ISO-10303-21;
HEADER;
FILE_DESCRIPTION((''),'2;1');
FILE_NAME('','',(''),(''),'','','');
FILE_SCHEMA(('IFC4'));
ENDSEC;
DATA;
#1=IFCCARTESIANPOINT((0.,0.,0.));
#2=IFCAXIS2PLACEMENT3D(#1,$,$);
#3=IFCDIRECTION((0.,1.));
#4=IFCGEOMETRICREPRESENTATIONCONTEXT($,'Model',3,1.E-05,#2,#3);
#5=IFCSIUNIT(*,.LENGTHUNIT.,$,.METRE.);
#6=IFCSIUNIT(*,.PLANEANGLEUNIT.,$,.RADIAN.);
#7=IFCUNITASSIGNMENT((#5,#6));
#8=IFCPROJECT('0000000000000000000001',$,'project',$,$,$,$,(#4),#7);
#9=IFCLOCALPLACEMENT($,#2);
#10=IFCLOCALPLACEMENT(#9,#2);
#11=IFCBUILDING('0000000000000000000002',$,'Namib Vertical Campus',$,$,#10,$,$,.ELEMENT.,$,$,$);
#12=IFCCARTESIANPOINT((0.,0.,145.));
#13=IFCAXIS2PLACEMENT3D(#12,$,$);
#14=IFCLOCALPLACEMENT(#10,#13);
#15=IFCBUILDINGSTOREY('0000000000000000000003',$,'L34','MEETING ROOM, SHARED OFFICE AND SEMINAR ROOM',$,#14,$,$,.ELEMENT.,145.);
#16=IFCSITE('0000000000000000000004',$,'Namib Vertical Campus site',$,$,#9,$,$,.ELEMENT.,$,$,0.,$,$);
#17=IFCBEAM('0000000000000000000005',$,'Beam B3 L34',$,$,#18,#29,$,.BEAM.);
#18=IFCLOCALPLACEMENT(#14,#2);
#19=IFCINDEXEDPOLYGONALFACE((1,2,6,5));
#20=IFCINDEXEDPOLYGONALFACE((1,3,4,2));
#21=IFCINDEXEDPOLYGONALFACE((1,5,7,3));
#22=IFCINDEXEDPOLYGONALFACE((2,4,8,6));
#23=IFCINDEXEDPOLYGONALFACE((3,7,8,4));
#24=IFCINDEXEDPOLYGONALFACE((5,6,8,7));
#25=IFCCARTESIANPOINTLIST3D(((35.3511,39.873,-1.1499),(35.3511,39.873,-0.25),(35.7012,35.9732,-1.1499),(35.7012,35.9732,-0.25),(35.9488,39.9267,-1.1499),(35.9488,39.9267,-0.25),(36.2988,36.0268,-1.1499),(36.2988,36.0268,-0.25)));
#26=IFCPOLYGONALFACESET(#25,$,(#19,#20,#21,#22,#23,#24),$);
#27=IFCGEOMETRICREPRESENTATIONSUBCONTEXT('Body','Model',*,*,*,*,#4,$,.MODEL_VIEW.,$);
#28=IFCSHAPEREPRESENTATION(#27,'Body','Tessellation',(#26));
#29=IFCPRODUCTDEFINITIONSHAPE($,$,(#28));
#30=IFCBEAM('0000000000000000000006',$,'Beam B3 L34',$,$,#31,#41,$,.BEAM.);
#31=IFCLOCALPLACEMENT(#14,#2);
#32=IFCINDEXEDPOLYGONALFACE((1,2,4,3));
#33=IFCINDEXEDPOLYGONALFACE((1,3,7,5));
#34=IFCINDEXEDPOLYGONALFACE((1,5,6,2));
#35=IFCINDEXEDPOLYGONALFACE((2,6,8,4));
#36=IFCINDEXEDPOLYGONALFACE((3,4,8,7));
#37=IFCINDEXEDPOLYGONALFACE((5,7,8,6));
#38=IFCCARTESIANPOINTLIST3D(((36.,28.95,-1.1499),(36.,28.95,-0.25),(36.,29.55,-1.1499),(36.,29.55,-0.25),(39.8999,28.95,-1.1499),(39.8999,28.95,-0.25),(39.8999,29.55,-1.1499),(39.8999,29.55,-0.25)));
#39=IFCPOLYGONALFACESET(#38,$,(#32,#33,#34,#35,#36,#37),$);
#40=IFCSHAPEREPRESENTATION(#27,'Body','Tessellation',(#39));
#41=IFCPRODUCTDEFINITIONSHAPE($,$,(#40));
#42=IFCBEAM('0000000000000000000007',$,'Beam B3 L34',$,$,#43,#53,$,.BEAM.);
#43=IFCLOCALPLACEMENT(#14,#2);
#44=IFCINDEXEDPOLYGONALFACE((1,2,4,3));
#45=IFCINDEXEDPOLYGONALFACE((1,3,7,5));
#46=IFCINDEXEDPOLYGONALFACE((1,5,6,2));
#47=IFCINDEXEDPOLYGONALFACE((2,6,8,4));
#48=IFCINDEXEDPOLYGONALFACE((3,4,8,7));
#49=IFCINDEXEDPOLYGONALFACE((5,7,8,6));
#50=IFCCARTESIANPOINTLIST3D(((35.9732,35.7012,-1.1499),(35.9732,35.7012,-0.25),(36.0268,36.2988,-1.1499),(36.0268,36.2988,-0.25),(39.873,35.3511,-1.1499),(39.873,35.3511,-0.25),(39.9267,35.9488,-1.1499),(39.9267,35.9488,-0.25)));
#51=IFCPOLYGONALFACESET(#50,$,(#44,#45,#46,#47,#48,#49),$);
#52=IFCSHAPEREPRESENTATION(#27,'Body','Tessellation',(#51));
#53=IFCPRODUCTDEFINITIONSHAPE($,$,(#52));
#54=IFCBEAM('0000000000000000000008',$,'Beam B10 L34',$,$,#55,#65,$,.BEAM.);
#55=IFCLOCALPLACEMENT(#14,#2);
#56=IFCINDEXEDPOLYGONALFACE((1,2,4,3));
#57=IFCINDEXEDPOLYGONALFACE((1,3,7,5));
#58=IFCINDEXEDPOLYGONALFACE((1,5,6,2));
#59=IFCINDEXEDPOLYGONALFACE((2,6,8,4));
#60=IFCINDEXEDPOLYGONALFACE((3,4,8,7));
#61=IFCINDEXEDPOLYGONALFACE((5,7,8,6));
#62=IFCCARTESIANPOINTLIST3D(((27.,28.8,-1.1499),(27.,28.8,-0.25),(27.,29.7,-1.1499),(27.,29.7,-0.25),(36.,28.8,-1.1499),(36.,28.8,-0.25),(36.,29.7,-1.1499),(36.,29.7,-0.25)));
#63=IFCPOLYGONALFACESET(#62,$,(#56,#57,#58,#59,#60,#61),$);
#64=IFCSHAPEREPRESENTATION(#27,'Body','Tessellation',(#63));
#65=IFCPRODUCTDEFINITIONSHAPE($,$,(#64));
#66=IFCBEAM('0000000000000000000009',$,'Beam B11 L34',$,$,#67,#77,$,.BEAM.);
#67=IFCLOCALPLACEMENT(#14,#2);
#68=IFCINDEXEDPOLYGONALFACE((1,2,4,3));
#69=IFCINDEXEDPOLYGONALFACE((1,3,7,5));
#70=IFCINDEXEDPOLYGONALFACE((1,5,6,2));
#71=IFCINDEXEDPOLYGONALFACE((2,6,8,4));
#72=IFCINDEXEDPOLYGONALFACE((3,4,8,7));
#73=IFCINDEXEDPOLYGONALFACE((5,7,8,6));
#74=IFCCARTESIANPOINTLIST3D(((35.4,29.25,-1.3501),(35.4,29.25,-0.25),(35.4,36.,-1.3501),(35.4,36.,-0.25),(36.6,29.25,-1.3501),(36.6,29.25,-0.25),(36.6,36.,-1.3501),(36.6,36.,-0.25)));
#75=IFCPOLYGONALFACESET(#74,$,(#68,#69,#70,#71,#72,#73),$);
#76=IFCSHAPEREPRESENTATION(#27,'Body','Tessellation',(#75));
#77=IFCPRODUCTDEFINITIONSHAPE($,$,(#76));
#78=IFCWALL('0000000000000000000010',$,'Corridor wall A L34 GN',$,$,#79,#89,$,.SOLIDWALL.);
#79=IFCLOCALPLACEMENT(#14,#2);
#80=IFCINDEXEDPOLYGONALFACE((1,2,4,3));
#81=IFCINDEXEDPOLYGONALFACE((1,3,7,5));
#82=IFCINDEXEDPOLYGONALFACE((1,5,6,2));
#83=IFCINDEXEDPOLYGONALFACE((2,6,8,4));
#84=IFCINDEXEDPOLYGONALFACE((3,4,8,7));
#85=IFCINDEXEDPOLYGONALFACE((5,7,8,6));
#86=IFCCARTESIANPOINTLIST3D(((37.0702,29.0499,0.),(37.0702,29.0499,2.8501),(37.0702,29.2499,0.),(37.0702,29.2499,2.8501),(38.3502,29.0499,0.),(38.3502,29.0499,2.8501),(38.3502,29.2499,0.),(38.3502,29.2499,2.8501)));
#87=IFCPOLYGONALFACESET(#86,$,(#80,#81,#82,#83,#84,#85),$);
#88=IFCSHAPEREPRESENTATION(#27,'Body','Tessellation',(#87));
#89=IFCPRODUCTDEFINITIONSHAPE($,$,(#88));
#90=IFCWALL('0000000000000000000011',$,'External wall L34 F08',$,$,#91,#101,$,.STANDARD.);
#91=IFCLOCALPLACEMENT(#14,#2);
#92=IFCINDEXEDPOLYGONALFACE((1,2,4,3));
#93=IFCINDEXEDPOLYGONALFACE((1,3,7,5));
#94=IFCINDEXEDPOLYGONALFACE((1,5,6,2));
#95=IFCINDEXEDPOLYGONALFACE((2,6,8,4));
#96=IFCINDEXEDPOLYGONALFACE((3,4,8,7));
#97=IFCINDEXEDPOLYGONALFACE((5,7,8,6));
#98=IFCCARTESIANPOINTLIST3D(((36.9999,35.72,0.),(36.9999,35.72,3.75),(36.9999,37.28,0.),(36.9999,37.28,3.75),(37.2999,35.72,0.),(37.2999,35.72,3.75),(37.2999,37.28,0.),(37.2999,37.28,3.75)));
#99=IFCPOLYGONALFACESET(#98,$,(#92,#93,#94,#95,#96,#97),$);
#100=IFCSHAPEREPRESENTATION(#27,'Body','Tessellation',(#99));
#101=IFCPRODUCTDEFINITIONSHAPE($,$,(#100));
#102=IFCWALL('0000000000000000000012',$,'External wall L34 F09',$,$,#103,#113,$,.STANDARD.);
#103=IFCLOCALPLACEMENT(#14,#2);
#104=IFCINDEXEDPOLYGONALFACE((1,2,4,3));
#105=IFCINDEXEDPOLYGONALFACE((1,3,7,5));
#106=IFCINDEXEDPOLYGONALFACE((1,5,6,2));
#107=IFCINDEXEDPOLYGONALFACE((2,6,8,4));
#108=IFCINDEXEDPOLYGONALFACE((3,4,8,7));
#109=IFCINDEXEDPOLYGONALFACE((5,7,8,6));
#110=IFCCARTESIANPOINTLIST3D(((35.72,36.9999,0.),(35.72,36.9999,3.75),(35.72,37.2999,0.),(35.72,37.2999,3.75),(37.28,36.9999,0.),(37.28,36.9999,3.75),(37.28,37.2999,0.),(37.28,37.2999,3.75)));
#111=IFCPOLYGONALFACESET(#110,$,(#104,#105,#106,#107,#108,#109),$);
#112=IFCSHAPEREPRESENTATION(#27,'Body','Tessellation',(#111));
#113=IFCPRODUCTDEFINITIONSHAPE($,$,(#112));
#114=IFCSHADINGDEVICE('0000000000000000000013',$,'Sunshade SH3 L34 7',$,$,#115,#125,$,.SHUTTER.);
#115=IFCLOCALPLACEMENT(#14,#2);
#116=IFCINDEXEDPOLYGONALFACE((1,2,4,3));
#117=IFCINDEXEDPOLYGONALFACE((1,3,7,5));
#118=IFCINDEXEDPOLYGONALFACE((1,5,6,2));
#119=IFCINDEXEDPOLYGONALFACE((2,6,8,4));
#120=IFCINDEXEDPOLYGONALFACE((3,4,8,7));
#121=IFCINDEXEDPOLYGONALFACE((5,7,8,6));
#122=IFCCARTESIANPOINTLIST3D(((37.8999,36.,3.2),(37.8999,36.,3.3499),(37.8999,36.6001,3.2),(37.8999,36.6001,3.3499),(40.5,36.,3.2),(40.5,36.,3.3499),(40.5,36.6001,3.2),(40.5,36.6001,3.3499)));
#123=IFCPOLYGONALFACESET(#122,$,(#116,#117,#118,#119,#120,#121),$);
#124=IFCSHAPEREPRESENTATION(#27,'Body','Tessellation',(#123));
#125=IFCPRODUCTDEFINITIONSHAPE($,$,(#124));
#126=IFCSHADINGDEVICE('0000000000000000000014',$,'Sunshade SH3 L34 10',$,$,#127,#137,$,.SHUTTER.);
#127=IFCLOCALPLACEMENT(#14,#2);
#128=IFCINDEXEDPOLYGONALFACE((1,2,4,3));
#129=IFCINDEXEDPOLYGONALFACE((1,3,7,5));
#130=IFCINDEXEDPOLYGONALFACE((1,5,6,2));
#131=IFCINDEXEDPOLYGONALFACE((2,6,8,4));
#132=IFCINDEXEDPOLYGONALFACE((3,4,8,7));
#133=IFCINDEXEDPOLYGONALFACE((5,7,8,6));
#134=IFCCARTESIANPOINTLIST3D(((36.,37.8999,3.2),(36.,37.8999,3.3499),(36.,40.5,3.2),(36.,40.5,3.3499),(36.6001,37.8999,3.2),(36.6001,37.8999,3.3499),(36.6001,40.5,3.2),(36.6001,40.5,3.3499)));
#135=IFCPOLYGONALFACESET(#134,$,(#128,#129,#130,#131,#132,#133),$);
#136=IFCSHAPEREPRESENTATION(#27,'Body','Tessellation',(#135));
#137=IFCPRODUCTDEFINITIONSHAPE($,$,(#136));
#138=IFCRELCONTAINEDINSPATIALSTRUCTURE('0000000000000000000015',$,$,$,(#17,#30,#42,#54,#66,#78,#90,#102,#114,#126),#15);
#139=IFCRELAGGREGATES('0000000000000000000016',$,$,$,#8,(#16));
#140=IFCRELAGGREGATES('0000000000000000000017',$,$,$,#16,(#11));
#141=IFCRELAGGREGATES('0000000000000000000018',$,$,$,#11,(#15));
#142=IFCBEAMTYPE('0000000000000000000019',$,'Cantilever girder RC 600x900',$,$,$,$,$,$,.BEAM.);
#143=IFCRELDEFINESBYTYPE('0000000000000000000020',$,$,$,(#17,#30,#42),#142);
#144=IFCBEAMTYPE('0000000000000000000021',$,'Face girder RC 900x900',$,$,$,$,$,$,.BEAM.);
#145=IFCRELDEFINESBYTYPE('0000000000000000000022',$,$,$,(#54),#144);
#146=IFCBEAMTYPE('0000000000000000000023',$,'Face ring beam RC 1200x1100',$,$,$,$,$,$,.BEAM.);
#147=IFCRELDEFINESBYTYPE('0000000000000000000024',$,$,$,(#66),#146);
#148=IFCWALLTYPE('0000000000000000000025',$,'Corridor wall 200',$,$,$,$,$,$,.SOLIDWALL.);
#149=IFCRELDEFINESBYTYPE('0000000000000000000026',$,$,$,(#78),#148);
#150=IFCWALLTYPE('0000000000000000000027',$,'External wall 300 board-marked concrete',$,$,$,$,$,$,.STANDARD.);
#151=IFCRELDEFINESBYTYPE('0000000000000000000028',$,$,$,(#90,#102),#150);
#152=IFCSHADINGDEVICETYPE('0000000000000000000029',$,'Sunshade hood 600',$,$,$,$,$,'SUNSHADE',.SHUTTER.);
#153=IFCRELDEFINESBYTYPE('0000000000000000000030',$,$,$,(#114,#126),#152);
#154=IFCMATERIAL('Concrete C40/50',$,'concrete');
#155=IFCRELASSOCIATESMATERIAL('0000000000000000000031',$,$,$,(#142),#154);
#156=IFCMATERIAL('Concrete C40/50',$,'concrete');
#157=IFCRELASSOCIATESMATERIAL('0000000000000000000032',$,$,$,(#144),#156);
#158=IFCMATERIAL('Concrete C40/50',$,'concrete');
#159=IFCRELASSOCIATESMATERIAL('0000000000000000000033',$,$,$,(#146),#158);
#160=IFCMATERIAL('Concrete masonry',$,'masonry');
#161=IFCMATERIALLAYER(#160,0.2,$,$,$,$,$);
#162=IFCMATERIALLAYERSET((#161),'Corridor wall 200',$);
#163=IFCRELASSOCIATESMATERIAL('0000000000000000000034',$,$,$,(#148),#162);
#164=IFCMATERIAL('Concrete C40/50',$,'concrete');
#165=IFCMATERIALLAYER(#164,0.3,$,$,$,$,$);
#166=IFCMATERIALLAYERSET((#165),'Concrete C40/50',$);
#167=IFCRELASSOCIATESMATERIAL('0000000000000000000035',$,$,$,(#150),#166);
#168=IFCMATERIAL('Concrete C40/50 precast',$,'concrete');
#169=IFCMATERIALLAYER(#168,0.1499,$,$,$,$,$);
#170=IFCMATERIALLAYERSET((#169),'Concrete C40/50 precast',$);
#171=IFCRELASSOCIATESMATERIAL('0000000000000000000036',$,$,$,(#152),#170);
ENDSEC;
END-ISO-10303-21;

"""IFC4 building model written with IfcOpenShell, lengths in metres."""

from ifc_helpers import new_model, si_unit, direction, frame, frame_2d, origin, origin_2d, place, context, subcontext, project, spatial, rectangle, extrude, material, layer, layer_set, material_profile, profile_set, type_object, element, save


model = new_model("IFC4")

# Units and contexts
model_context = context("Model", 3, precision=1e-05, world=origin(), true_north=direction((0.0, 1.0)))
body_context = subcontext(model_context, "Body", "Model", "MODEL_VIEW")
ifc_project = project(units=[si_unit("LENGTHUNIT", "METRE"), si_unit("PLANEANGLEUNIT", "RADIAN")], contexts=[model_context])

# Site, building, storey
site_placement = place(None, origin())
site = spatial("IfcSite", under=ifc_project, at=site_placement, Name="Namib Vertical Campus site", CompositionType="ELEMENT", RefElevation=0.0)
building_placement = place(site_placement, origin())
building = spatial("IfcBuilding", under=site, at=building_placement, Name="Namib Vertical Campus", CompositionType="ELEMENT")
storey_placement = place(building_placement, frame((0.0, 0.0, 145.0)))
storey = spatial("IfcBuildingStorey", under=building, at=storey_placement, Name="L34", Description="MEETING ROOM, SHARED OFFICE AND SEMINAR ROOM", CompositionType="ELEMENT", Elevation=145.0)

# Beams
ifc_material_1 = material(Name="Concrete C40/50", Category="concrete")
ifc_material_profile_1 = material_profile(ifc_material_1, rectangle(XDim=0.6001, YDim=0.8999, at=origin_2d()))
ifc_profile_set_1 = profile_set([ifc_material_profile_1], Name="Concrete C40/50")
beam_type_1 = type_object("IfcBeamType", Name="Cantilever girder RC 600x900", PredefinedType="BEAM", material=ifc_profile_set_1)
beam_1_placement = place(storey_placement, frame((36.0, 36.0, -0.7), z_axis=(-0.089411, 0.995995, 0.0), x_axis=(-0.995995, -0.089411, 0.0)))
element("IfcBeam", 1, at=beam_1_placement, inside=storey, type_object=beam_type_1, Name="Beam B3 L34", PredefinedType="BEAM", context=body_context, shape_type="SweptSolid", body=[
    extrude(rectangle(XDim=0.6001, YDim=0.8999, at=origin_2d()), origin(), (0.0, 0.0, 1.0), 3.9155),
])
beam_2_placement = place(storey_placement, frame((36.0, 29.25, -0.7), z_axis=(1.0, 0.0, 0.0), x_axis=(0.0, 1.0, 0.0)))
element("IfcBeam", 2, at=beam_2_placement, inside=storey, type_object=beam_type_1, Name="Beam B3 L34", PredefinedType="BEAM", context=body_context, shape_type="SweptSolid", body=[
    extrude(rectangle(XDim=0.6001, YDim=0.8999, at=origin_2d()), origin(), (0.0, 0.0, 1.0), 3.8999),
])
beam_3_placement = place(storey_placement, frame((36.0, 36.0, -0.7), z_axis=(0.995995, -0.089411, 0.0), x_axis=(0.089411, 0.995995, 0.0)))
element("IfcBeam", 3, at=beam_3_placement, inside=storey, type_object=beam_type_1, Name="Beam B3 L34", PredefinedType="BEAM", context=body_context, shape_type="SweptSolid", body=[
    extrude(rectangle(XDim=0.6001, YDim=0.8999, at=origin_2d()), origin(), (0.0, 0.0, 1.0), 3.9155),
])
ifc_material_2 = material(Name="Concrete C40/50", Category="concrete")
ifc_material_profile_2 = material_profile(ifc_material_2, rectangle(XDim=0.8999, YDim=0.8999, at=origin_2d()))
ifc_profile_set_2 = profile_set([ifc_material_profile_2], Name="Concrete C40/50")
beam_type_2 = type_object("IfcBeamType", Name="Face girder RC 900x900", PredefinedType="BEAM", material=ifc_profile_set_2)
beam_4_placement = place(storey_placement, frame((36.0, 29.25, -0.7), z_axis=(-1.0, 0.0, 0.0), x_axis=(0.0, -1.0, 0.0)))
element("IfcBeam", 4, at=beam_4_placement, inside=storey, type_object=beam_type_2, Name="Beam B10 L34", PredefinedType="BEAM", context=body_context, shape_type="SweptSolid", body=[
    extrude(rectangle(XDim=0.8999, YDim=0.8999, at=origin_2d()), origin(), (0.0, 0.0, 1.0), 9.0),
])
ifc_material_3 = material(Name="Concrete C40/50", Category="concrete")
ifc_material_profile_3 = material_profile(ifc_material_3, rectangle(XDim=1.2, YDim=1.1001, at=origin_2d()))
ifc_profile_set_3 = profile_set([ifc_material_profile_3], Name="Concrete C40/50")
beam_type_3 = type_object("IfcBeamType", Name="Face ring beam RC 1200x1100", PredefinedType="BEAM", material=ifc_profile_set_3)
beam_5_placement = place(storey_placement, frame((36.0, 29.25, -0.8), z_axis=(0.0, 1.0, 0.0), x_axis=(-1.0, 0.0, 0.0)))
element("IfcBeam", 5, at=beam_5_placement, inside=storey, type_object=beam_type_3, Name="Beam B11 L34", PredefinedType="BEAM", context=body_context, shape_type="SweptSolid", body=[
    extrude(rectangle(XDim=1.2, YDim=1.1001, at=origin_2d()), origin(), (0.0, 0.0, 1.0), 6.75),
])

# Walls
ifc_material_4 = material(Name="Concrete masonry", Category="masonry")
ifc_layer_1 = layer(ifc_material_4, 0.2)
ifc_layer_set_1 = layer_set([ifc_layer_1], Name="Corridor wall 200")
wall_type_1 = type_object("IfcWallType", Name="Corridor wall 200", PredefinedType="SOLIDWALL", material=ifc_layer_set_1)
wall_placement = place(storey_placement, frame((37.0701, 29.1499, 0.0), z_axis=(0.0, 0.0, 1.0), x_axis=(1.0, 0.0, 0.0)))
element("IfcWall", 6, at=wall_placement, inside=storey, type_object=wall_type_1, Name="Corridor wall A L34 GN", PredefinedType="SOLIDWALL", context=body_context, shape_type="SweptSolid", body=[
    extrude(rectangle(XDim=1.28, YDim=0.2, at=frame_2d((0.6401, 0.0))), origin(), (0.0, 0.0, 1.0), 2.8501),
])
ifc_material_5 = material(Name="Concrete C40/50", Category="concrete")
ifc_layer_2 = layer(ifc_material_5, 0.3)
ifc_layer_set_2 = layer_set([ifc_layer_2], Name="Concrete C40/50")
wall_type_2 = type_object("IfcWallType", Name="External wall 300 board-marked concrete", PredefinedType="STANDARD", material=ifc_layer_set_2)
for number, where, z_axis, x_axis, name in (
    (7, (37.1499, 35.72, 0.0), (0.0, 0.0, 1.0), (0.0, 1.0, 0.0), "External wall L34 F08"),
    (8, (37.28, 37.1499, 0.0), (0.0, 0.0, 1.0), (-1.0, 0.0, 0.0), "External wall L34 F09"),
):
    element("IfcWall", number, at=place(storey_placement, frame(where, z_axis=z_axis, x_axis=x_axis)), inside=storey, type_object=wall_type_2, Name=name, PredefinedType="STANDARD", context=body_context, shape_type="SweptSolid", body=[
        extrude(rectangle(XDim=1.5601, YDim=0.3, at=frame_2d((0.78, 0.0))), origin(), (0.0, 0.0, 1.0), 3.75),
    ])

# Shading devices
ifc_material_6 = material(Name="Concrete C40/50 precast", Category="concrete")
ifc_layer_3 = layer(ifc_material_6, 0.1499)
ifc_layer_set_3 = layer_set([ifc_layer_3], Name="Concrete C40/50 precast")
shading_device_type = type_object("IfcShadingDeviceType", Name="Sunshade hood 600", ElementType="SUNSHADE", PredefinedType="SHUTTER", material=ifc_layer_set_3)
for number, where, z_axis, x_axis, name in (
    (9, (39.2, 36.3, 3.2), (0.0, 0.0, 1.0), (-1.0, 0.0, 0.0), "Sunshade SH3 L34 7"),
    (10, (36.3, 39.2, 3.2), (0.0, 0.0, 1.0), (0.0, 1.0, 0.0), "Sunshade SH3 L34 10"),
):
    element("IfcShadingDevice", number, at=place(storey_placement, frame(where, z_axis=z_axis, x_axis=x_axis)), inside=storey, type_object=shading_device_type, Name=name, PredefinedType="SHUTTER", context=body_context, shape_type="SweptSolid", body=[
        extrude(rectangle(XDim=2.6001, YDim=0.6001, at=origin_2d()), origin(), (0.0, 0.0, 1.0), 0.1499),
    ])

save(model, "model.ifc")
